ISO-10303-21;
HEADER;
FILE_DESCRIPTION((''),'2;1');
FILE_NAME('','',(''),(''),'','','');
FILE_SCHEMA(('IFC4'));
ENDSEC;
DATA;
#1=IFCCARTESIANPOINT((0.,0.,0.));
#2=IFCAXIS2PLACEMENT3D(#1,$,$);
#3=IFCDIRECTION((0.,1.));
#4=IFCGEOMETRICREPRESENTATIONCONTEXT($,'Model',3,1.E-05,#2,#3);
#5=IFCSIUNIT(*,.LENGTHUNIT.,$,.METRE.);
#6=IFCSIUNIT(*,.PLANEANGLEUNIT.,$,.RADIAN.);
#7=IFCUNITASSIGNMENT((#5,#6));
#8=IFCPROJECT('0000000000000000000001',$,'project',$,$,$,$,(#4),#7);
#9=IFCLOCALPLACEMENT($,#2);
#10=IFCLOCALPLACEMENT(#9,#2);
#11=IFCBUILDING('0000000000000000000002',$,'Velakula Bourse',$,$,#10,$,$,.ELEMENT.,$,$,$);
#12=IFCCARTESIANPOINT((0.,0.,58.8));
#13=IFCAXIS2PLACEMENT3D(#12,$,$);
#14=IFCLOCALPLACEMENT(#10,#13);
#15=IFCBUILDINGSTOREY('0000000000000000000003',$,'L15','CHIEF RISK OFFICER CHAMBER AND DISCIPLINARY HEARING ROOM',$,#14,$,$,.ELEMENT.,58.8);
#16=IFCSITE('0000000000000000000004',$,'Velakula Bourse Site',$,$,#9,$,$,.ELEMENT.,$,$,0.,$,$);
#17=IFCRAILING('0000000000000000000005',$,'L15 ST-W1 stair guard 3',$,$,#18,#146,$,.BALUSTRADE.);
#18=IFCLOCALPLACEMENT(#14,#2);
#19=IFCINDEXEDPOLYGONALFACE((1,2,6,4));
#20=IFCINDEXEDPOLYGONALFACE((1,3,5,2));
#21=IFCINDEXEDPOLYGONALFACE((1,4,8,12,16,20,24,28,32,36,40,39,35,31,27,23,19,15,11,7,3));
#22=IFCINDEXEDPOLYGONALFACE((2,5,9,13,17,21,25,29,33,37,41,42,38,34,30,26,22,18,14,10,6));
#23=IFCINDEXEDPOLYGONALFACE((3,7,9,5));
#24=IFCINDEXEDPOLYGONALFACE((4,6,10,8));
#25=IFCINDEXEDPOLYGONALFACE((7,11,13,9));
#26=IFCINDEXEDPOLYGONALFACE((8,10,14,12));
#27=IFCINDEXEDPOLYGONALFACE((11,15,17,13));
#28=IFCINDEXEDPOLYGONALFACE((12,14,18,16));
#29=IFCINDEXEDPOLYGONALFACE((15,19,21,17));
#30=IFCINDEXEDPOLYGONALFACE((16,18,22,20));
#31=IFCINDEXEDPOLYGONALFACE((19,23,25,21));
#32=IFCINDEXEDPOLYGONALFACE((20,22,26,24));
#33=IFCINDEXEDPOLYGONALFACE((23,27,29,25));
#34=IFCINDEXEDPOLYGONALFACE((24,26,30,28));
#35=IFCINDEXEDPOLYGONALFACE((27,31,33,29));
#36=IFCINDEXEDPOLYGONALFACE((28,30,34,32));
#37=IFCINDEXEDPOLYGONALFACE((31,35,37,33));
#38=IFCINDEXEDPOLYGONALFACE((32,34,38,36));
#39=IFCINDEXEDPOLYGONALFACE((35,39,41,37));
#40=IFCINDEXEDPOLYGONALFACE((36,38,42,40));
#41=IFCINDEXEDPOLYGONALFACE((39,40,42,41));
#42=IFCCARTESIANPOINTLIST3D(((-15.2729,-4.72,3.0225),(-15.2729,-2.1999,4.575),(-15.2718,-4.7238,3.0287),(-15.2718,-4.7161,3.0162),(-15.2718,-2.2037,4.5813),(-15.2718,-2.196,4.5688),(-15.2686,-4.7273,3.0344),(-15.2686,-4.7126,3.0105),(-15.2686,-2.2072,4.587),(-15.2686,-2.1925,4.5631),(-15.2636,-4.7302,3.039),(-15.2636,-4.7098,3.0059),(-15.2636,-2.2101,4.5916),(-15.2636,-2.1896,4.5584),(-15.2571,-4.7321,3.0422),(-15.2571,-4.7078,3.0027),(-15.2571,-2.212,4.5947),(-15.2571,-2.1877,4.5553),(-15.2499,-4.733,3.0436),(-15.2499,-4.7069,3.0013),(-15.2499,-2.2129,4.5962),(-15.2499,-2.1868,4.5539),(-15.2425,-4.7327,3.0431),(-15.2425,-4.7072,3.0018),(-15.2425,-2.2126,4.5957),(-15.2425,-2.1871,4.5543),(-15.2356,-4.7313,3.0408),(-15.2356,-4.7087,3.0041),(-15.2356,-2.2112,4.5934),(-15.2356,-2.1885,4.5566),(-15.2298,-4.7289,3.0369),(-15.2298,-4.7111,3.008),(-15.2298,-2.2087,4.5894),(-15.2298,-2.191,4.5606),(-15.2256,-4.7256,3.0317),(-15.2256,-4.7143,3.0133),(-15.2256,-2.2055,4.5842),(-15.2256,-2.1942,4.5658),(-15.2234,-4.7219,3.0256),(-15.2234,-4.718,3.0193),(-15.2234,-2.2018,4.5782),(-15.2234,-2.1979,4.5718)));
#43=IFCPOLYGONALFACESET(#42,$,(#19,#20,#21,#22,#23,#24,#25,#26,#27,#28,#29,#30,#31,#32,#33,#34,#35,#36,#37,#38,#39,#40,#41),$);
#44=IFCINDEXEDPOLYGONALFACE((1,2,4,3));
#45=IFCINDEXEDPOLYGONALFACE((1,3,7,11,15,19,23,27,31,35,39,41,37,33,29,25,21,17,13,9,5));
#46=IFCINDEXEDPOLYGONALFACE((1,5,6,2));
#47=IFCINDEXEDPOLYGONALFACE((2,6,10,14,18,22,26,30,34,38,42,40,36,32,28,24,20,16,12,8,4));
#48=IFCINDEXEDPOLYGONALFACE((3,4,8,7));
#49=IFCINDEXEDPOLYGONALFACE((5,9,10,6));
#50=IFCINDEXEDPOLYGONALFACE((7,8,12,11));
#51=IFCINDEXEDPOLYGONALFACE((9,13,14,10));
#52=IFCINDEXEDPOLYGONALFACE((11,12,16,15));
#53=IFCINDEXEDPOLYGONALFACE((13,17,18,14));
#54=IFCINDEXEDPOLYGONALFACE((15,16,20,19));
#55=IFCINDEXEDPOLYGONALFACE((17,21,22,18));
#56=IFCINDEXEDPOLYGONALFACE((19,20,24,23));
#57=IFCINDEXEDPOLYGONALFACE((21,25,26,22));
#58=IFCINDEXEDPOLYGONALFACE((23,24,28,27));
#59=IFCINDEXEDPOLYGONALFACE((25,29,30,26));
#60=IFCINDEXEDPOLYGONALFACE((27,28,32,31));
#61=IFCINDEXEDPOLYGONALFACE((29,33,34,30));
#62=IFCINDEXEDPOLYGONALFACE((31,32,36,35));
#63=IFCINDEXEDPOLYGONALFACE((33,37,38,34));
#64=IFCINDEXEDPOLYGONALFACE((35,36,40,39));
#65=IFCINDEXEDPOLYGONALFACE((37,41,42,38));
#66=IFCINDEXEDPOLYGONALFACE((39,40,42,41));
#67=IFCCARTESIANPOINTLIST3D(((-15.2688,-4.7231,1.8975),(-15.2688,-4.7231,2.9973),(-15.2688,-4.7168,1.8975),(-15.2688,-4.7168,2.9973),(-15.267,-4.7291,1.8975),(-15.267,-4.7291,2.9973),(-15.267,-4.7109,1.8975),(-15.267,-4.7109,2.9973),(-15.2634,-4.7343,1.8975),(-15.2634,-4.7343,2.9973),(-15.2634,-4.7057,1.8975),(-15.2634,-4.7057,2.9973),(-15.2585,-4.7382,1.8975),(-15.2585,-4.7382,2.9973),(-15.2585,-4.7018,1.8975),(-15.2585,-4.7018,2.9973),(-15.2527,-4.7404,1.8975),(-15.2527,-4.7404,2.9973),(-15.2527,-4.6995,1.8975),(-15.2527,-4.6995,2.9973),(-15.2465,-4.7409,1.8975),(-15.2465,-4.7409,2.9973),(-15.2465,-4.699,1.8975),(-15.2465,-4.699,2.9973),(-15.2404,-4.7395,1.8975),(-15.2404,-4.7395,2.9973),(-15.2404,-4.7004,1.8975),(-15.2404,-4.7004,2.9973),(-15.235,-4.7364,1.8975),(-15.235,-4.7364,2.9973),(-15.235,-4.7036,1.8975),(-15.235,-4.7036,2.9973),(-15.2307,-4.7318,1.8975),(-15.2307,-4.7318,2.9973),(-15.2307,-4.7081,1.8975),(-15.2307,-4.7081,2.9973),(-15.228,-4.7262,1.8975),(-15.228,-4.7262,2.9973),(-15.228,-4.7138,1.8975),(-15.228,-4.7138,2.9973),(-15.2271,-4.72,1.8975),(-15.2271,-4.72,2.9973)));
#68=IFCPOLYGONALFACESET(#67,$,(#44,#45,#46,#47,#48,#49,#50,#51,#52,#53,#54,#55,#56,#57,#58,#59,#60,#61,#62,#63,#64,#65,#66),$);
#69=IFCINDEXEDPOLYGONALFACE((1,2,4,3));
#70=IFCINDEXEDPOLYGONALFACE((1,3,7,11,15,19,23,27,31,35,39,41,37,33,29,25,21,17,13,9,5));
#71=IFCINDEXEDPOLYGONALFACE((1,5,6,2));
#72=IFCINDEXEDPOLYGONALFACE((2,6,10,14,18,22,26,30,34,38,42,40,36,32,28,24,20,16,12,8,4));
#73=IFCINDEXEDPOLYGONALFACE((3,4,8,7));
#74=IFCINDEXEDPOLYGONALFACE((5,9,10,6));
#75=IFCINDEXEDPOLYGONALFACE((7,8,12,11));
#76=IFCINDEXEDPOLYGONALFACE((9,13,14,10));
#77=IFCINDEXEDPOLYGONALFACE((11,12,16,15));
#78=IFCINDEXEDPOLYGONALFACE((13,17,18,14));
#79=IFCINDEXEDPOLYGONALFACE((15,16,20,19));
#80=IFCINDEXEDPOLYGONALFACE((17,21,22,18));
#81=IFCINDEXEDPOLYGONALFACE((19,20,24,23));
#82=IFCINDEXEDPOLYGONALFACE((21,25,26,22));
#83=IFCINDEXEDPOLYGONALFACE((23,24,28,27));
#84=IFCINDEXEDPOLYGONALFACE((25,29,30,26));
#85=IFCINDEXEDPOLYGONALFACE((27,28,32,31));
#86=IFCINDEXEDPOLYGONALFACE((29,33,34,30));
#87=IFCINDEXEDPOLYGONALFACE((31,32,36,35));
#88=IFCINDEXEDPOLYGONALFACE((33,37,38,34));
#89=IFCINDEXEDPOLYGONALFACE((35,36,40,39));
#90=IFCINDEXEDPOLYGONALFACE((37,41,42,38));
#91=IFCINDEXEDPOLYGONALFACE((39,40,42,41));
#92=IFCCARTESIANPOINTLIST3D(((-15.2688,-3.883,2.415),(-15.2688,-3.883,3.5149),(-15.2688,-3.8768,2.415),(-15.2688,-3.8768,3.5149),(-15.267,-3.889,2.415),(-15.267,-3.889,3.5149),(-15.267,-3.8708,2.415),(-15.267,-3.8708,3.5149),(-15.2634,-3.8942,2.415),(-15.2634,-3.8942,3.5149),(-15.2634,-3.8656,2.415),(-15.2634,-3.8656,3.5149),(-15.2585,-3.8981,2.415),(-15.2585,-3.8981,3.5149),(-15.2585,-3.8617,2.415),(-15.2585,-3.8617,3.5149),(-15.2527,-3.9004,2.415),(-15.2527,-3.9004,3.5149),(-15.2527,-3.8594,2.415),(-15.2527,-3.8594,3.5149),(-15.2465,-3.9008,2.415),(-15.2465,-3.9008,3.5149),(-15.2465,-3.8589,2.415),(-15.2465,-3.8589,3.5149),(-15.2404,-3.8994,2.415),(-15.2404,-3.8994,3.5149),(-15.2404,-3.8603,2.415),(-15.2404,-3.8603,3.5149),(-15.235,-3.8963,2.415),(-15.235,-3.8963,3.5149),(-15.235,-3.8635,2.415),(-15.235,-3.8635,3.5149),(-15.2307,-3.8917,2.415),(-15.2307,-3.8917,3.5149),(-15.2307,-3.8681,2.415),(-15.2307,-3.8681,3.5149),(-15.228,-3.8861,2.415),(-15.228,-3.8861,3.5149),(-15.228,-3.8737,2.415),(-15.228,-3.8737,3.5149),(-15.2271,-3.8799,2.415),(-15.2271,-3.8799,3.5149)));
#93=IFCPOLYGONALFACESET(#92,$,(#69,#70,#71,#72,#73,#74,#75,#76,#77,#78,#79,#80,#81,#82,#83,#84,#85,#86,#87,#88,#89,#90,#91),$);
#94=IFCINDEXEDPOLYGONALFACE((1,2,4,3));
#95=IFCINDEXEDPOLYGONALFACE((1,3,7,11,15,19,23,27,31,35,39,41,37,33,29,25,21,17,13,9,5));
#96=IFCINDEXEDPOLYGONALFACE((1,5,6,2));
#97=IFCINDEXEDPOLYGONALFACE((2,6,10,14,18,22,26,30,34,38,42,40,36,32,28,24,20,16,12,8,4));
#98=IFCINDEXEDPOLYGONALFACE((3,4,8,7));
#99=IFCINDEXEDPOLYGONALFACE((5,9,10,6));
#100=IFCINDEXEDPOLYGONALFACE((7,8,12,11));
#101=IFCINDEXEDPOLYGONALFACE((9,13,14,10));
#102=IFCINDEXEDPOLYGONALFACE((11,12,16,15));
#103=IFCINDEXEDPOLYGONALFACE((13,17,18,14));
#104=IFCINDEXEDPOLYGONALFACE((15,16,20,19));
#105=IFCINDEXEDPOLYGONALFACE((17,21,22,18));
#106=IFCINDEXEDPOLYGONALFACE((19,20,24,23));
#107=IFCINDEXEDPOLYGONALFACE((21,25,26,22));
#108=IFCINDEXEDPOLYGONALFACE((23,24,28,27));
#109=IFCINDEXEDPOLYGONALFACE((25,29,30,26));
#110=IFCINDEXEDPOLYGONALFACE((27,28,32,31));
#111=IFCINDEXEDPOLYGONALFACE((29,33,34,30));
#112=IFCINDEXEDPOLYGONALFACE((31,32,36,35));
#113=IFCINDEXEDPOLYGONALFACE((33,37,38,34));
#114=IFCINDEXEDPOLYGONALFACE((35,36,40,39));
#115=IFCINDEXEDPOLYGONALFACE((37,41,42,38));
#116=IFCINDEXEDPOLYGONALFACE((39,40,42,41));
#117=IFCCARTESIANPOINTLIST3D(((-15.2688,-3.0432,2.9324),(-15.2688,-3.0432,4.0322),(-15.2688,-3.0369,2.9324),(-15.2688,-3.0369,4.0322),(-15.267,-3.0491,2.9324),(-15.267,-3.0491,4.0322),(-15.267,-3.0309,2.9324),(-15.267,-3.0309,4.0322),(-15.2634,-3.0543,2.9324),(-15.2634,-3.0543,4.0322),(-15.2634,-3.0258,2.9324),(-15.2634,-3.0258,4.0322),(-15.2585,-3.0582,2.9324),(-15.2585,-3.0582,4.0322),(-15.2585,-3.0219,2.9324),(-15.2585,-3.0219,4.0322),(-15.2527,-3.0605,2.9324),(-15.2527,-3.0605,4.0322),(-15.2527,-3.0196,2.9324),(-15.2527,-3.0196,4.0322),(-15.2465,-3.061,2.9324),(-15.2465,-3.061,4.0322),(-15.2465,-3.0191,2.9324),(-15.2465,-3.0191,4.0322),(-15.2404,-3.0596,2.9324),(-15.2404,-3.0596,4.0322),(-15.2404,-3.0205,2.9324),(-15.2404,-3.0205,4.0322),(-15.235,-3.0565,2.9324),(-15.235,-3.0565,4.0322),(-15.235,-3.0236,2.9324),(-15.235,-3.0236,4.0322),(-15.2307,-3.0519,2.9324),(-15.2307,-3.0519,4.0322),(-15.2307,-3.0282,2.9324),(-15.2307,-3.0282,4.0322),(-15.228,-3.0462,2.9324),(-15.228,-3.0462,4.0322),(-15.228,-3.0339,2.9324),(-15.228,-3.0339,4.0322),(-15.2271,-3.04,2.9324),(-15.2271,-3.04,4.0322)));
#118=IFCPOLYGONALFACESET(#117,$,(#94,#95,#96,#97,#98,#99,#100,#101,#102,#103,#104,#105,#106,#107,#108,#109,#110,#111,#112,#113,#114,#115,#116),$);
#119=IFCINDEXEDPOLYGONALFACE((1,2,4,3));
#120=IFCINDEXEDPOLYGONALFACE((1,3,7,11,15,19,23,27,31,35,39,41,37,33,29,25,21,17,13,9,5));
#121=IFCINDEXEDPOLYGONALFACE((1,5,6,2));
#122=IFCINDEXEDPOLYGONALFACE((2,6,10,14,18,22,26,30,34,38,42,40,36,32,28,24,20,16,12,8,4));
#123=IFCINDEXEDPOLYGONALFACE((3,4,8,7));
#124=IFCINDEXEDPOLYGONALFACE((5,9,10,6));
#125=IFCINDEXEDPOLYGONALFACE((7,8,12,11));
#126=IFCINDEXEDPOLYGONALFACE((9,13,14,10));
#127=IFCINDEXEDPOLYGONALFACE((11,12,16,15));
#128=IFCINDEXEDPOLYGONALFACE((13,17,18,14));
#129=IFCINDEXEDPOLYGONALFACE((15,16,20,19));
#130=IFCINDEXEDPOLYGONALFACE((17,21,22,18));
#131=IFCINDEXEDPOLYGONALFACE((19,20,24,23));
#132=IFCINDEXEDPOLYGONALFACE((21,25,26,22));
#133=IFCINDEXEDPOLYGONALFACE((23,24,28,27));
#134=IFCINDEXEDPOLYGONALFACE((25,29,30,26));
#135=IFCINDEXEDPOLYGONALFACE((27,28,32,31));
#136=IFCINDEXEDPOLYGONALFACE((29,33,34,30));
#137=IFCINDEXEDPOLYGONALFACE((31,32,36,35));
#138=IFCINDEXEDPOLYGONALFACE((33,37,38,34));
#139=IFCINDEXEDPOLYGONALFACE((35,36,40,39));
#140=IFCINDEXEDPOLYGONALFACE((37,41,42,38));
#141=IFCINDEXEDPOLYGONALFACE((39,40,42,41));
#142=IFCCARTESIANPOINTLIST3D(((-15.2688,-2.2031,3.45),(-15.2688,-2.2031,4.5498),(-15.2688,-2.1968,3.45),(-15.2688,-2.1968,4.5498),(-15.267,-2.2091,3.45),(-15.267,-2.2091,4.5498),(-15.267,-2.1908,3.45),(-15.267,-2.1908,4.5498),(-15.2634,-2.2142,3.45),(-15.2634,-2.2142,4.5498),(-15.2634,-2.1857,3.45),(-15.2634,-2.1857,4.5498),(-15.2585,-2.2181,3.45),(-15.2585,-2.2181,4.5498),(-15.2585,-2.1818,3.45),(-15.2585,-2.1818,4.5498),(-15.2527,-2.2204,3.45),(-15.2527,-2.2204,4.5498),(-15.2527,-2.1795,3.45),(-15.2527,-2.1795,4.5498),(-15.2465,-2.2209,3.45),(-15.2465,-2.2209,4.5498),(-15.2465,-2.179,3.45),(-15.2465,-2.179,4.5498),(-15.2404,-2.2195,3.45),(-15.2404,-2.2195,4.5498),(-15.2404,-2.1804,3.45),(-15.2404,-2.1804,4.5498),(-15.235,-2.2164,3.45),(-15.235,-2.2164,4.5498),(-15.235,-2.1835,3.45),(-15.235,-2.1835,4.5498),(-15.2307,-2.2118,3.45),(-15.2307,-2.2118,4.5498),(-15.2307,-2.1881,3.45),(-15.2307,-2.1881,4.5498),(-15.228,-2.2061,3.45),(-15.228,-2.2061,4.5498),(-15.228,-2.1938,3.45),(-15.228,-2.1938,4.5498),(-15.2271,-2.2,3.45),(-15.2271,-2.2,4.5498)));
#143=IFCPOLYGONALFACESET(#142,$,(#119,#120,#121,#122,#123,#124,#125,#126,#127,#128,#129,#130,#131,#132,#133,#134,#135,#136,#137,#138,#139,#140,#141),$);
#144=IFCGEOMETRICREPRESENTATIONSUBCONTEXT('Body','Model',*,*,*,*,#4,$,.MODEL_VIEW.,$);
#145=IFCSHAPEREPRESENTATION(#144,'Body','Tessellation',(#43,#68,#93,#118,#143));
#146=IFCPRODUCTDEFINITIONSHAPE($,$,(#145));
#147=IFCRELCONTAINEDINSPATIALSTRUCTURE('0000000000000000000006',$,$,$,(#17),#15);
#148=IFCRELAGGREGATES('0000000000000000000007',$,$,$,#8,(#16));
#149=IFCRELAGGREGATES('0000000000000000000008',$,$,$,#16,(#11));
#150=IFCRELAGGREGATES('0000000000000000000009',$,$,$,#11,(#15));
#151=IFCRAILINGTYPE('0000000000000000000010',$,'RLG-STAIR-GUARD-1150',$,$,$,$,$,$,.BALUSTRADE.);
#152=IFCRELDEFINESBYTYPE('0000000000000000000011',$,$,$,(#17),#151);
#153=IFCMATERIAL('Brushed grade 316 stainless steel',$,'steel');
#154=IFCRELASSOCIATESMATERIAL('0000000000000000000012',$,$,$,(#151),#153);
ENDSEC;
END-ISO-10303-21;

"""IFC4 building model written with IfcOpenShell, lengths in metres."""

from ifc_helpers import new_model, si_unit, direction, frame, origin, origin_2d, place, context, subcontext, project, spatial, circle, extrude, material, type_object, element, save


model = new_model("IFC4")

# Units and contexts
model_context = context("Model", 3, precision=1e-05, world=origin(), true_north=direction((0.0, 1.0)))
body_context = subcontext(model_context, "Body", "Model", "MODEL_VIEW")
ifc_project = project(units=[si_unit("LENGTHUNIT", "METRE"), si_unit("PLANEANGLEUNIT", "RADIAN")], contexts=[model_context])

# Site, building, storey
site_placement = place(None, origin())
site = spatial("IfcSite", under=ifc_project, at=site_placement, Name="Velakula Bourse Site", CompositionType="ELEMENT", RefElevation=0.0)
building_placement = place(site_placement, origin())
building = spatial("IfcBuilding", under=site, at=building_placement, Name="Velakula Bourse", CompositionType="ELEMENT")
storey_placement = place(building_placement, frame((0.0, 0.0, 58.8)))
storey = spatial("IfcBuildingStorey", under=building, at=storey_placement, Name="L15", Description="CHIEF RISK OFFICER CHAMBER AND DISCIPLINARY HEARING ROOM", CompositionType="ELEMENT", Elevation=58.8)

# Shared definitions
ifc_material_1 = material(Name="Brushed grade 316 stainless steel", Category="steel")

# Railing
railing_type_1 = type_object("IfcRailingType", Name="RLG-STAIR-GUARD-1150", PredefinedType="BALUSTRADE", material=ifc_material_1)
railing_1_placement = place(storey_placement, frame((-15.248, -4.72, 1.8975)))
element("IfcRailing", 1, at=railing_1_placement, inside=storey, type_object=railing_type_1, Name="L15 ST-W1 stair guard 3", PredefinedType="BALUSTRADE", context=body_context, shape_type="SweptSolid", body=[
    extrude(circle(Radius=0.0249, at=origin_2d()), frame((0.0, 0.0, 1.125), z_axis=(0.0, 0.8514, 0.524516), x_axis=(-1.0, 0.0, 0.0)), (0.0, 0.0, 1.0), 2.96),
    extrude(circle(Radius=0.021, at=origin_2d()), origin(), (0.0, 0.0, 1.0), 1.0999),
    extrude(circle(Radius=0.021, at=origin_2d()), frame((0.0, 0.8401, 0.5176)), (0.0, 0.0, 1.0), 1.0999),
    extrude(circle(Radius=0.021, at=origin_2d()), frame((0.0, 1.6799, 1.0349)), (0.0, 0.0, 1.0), 1.0999),
    extrude(circle(Radius=0.021, at=origin_2d()), frame((0.0, 2.52, 1.5525)), (0.0, 0.0, 1.0), 1.0999),
])

save(model, "model.ifc")
